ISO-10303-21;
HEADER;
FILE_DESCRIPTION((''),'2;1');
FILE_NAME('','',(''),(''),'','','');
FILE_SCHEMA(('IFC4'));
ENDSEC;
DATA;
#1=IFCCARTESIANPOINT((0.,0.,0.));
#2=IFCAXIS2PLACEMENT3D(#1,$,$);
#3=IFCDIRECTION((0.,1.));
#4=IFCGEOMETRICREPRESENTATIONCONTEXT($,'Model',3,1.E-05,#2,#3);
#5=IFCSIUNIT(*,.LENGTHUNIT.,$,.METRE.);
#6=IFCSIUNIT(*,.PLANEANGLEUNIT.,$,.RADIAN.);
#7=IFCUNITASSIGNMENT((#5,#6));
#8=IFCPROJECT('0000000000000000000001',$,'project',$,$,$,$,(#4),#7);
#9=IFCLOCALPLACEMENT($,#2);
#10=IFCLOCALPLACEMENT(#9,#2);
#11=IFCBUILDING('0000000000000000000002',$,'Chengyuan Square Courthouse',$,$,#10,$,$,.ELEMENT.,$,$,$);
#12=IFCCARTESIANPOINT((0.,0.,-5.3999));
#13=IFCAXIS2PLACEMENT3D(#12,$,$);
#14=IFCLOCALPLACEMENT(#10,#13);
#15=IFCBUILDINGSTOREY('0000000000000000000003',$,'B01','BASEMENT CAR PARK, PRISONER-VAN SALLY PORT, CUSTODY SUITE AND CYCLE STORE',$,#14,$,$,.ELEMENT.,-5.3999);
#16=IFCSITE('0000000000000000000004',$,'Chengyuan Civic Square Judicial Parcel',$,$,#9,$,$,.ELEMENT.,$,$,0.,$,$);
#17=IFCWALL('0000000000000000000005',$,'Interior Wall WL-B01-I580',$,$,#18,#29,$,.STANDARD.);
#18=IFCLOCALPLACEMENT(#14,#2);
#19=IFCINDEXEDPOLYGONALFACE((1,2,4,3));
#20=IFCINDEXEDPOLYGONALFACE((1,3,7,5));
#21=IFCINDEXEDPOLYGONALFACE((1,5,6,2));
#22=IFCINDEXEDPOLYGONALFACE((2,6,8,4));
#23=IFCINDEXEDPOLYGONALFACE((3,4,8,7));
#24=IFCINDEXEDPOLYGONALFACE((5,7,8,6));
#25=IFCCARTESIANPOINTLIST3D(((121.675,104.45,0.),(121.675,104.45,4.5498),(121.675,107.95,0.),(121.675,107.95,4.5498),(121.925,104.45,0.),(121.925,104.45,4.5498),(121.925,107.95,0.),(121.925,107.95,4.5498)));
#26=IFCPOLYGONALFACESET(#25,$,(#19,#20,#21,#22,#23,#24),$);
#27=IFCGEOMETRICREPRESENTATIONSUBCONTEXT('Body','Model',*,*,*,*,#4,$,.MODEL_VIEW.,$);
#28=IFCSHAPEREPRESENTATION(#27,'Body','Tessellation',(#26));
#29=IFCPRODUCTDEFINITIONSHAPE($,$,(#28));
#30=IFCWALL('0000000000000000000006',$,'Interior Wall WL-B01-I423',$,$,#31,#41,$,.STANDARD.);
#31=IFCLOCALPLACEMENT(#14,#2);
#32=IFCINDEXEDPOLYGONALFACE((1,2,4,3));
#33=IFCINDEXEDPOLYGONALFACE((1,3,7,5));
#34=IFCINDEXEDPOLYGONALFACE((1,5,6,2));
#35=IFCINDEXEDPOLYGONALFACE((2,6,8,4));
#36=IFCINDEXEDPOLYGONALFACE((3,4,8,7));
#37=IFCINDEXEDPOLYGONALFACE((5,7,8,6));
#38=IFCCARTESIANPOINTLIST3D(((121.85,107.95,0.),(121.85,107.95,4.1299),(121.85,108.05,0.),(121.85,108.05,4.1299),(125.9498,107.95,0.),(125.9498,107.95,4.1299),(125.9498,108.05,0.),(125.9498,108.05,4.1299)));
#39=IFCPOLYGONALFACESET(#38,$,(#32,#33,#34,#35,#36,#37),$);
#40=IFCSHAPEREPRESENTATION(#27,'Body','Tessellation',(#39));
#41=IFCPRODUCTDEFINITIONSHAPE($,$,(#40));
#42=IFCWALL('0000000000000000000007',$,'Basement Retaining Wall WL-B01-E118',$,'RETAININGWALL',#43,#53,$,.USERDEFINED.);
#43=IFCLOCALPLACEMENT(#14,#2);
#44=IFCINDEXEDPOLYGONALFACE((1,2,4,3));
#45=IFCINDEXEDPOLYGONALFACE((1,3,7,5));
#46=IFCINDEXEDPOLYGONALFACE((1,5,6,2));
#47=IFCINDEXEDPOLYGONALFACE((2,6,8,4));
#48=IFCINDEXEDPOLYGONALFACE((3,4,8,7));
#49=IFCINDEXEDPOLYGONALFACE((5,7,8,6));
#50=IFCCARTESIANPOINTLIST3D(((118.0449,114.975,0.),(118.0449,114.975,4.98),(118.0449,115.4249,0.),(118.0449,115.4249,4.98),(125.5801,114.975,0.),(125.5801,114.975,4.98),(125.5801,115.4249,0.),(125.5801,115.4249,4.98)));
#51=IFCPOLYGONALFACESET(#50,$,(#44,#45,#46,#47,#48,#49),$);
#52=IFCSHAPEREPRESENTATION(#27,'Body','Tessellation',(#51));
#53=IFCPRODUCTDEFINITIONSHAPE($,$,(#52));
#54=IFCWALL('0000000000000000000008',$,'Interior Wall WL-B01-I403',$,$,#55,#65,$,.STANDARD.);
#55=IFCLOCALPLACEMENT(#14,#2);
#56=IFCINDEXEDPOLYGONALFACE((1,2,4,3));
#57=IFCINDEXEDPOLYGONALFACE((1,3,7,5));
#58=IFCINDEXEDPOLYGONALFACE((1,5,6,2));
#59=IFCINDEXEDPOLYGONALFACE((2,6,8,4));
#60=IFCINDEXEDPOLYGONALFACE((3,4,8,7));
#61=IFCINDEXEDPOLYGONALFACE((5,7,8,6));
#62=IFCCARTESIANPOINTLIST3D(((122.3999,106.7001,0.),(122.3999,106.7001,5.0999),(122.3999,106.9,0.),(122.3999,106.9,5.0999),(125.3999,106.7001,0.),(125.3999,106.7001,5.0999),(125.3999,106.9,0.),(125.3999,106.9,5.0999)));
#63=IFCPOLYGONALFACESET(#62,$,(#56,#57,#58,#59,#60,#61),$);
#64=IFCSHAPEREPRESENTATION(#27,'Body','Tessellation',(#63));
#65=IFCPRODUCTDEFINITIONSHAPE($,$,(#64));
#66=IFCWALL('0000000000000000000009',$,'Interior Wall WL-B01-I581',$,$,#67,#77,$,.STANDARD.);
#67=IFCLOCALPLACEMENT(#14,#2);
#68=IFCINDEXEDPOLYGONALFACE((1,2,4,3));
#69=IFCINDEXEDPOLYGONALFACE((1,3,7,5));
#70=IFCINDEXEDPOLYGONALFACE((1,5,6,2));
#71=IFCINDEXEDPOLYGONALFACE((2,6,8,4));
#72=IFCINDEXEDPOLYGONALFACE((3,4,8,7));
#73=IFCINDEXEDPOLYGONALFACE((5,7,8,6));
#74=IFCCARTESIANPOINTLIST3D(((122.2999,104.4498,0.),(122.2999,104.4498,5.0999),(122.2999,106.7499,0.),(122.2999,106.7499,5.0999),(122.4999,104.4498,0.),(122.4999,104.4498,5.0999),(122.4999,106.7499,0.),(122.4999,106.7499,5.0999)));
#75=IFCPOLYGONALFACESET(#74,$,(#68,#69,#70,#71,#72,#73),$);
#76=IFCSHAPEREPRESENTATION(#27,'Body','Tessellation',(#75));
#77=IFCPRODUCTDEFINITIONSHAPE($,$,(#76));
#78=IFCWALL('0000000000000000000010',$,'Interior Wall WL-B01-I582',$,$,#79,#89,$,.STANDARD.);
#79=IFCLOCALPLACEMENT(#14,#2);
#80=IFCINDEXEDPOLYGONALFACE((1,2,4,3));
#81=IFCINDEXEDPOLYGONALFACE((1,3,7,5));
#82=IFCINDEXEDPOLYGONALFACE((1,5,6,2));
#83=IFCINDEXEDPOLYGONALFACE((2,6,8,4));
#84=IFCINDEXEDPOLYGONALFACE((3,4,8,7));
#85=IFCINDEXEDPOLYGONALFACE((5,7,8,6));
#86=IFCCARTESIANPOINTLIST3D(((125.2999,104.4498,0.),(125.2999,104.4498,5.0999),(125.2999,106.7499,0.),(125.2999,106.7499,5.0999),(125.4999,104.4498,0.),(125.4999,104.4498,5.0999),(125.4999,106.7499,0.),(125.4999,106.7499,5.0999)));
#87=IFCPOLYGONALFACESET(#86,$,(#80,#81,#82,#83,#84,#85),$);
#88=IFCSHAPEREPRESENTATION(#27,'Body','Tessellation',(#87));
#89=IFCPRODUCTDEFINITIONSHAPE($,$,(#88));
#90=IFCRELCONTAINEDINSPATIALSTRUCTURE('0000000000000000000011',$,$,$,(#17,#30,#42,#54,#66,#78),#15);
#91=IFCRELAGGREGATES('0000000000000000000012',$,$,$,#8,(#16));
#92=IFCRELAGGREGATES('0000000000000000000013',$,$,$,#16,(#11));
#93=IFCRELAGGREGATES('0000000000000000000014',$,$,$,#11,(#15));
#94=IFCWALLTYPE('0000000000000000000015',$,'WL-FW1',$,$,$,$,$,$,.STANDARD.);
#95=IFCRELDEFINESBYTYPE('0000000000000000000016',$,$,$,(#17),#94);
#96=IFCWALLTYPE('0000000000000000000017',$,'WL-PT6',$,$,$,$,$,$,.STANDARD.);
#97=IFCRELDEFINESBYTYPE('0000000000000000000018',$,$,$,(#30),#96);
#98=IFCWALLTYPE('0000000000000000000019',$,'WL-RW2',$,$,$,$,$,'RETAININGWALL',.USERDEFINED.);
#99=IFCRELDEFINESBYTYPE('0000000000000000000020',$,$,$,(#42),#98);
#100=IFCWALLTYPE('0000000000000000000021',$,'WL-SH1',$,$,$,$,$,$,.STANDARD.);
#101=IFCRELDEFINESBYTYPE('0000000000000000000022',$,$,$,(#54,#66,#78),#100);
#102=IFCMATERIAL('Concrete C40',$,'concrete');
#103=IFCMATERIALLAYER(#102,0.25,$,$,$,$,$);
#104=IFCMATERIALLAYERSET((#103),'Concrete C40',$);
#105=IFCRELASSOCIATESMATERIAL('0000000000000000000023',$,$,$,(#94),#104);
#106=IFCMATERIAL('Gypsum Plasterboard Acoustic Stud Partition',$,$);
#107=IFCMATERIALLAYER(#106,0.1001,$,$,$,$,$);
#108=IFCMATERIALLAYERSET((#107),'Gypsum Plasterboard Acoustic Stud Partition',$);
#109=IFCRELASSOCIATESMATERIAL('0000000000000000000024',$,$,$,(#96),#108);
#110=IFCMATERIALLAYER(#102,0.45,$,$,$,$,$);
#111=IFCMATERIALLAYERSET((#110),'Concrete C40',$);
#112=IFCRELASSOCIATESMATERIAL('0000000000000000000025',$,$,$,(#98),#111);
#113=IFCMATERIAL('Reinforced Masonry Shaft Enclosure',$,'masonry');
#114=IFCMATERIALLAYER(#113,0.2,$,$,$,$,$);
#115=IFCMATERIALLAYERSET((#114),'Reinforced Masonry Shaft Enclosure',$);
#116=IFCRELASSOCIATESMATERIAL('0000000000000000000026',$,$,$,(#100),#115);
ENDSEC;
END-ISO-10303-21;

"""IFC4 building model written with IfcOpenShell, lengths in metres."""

from ifc_helpers import new_model, si_unit, direction, frame, frame_2d, origin, place, context, subcontext, project, spatial, rectangle, extrude, material, layer, layer_set, type_object, element, save


model = new_model("IFC4")

# Units and contexts
model_context = context("Model", 3, precision=1e-05, world=origin(), true_north=direction((0.0, 1.0)))
body_context = subcontext(model_context, "Body", "Model", "MODEL_VIEW")
ifc_project = project(units=[si_unit("LENGTHUNIT", "METRE"), si_unit("PLANEANGLEUNIT", "RADIAN")], contexts=[model_context])

# Site, building, storey
site_placement = place(None, origin())
site = spatial("IfcSite", under=ifc_project, at=site_placement, Name="Chengyuan Civic Square Judicial Parcel", CompositionType="ELEMENT", RefElevation=0.0)
building_placement = place(site_placement, origin())
building = spatial("IfcBuilding", under=site, at=building_placement, Name="Chengyuan Square Courthouse", CompositionType="ELEMENT")
storey_placement = place(building_placement, frame((0.0, 0.0, -5.3999)))
storey = spatial("IfcBuildingStorey", under=building, at=storey_placement, Name="B01", Description="BASEMENT CAR PARK, PRISONER-VAN SALLY PORT, CUSTODY SUITE AND CYCLE STORE", CompositionType="ELEMENT", Elevation=-5.3999)

# Shared definitions
ifc_material_1 = material(Name="Concrete C40", Category="concrete")

# Shared definitions
ifc_layer_1 = layer(ifc_material_1, 0.25)
ifc_layer_set_1 = layer_set([ifc_layer_1], Name="Concrete C40")
wall_type_1 = type_object("IfcWallType", Name="WL-FW1", PredefinedType="STANDARD", material=ifc_layer_set_1)

# Walls
wall_1_placement = place(storey_placement, frame((121.8, 104.45, 0.0), z_axis=(0.0, 0.0, 1.0), x_axis=(0.0, 1.0, 0.0)))
element("IfcWall", 1, at=wall_1_placement, inside=storey, type_object=wall_type_1, Name="Interior Wall WL-B01-I580", PredefinedType="STANDARD", context=body_context, shape_type="SweptSolid", body=[
    extrude(rectangle(XDim=3.5, YDim=0.25, at=frame_2d((1.75, 0.0))), origin(), (0.0, 0.0, 1.0), 4.5498),
])
ifc_material_2 = material(Name="Gypsum Plasterboard Acoustic Stud Partition")
ifc_layer_2 = layer(ifc_material_2, 0.1001)
ifc_layer_set_2 = layer_set([ifc_layer_2], Name="Gypsum Plasterboard Acoustic Stud Partition")
wall_type_2 = type_object("IfcWallType", Name="WL-PT6", PredefinedType="STANDARD", material=ifc_layer_set_2)
wall_2_placement = place(storey_placement, frame((121.8501, 108.0, 0.0), z_axis=(0.0, 0.0, 1.0), x_axis=(1.0, 0.0, 0.0)))
element("IfcWall", 2, at=wall_2_placement, inside=storey, type_object=wall_type_2, Name="Interior Wall WL-B01-I423", PredefinedType="STANDARD", context=body_context, shape_type="SweptSolid", body=[
    extrude(rectangle(XDim=4.0999, YDim=0.1001, at=frame_2d((2.0498, 0.0))), origin(), (0.0, 0.0, 1.0), 4.1299),
])
ifc_layer_3 = layer(ifc_material_1, 0.45)
ifc_layer_set_3 = layer_set([ifc_layer_3], Name="Concrete C40")
wall_type_3 = type_object("IfcWallType", Name="WL-RW2", ElementType="RETAININGWALL", PredefinedType="USERDEFINED", material=ifc_layer_set_3)
wall_3_placement = place(storey_placement, frame((118.0449, 115.2, 0.0), z_axis=(0.0, 0.0, 1.0), x_axis=(1.0, 0.0, 0.0)))
element("IfcWall", 3, at=wall_3_placement, inside=storey, type_object=wall_type_3, Name="Basement Retaining Wall WL-B01-E118", ObjectType="RETAININGWALL", PredefinedType="USERDEFINED", context=body_context, shape_type="SweptSolid", body=[
    extrude(rectangle(XDim=7.5352, YDim=0.45, at=frame_2d((3.7676, 0.0))), origin(), (0.0, 0.0, 1.0), 4.98),
])

# Shared definitions
ifc_material_3 = material(Name="Reinforced Masonry Shaft Enclosure", Category="masonry")
ifc_layer_4 = layer(ifc_material_3, 0.2)
ifc_layer_set_4 = layer_set([ifc_layer_4], Name="Reinforced Masonry Shaft Enclosure")
wall_type_4 = type_object("IfcWallType", Name="WL-SH1", PredefinedType="STANDARD", material=ifc_layer_set_4)

# Walls
wall_4_placement = place(storey_placement, frame((122.3999, 106.8, 0.0), z_axis=(0.0, 0.0, 1.0), x_axis=(1.0, 0.0, 0.0)))
element("IfcWall", 4, at=wall_4_placement, inside=storey, type_object=wall_type_4, Name="Interior Wall WL-B01-I403", PredefinedType="STANDARD", context=body_context, shape_type="SweptSolid", body=[
    extrude(rectangle(XDim=3.0, YDim=0.2, at=frame_2d((1.5, 0.0))), origin(), (0.0, 0.0, 1.0), 5.0999),
])
for number, where, z_axis, x_axis, name in (
    (5, (122.3999, 104.45, 0.0), (0.0, 0.0, 1.0), (0.0, 1.0, 0.0), "Interior Wall WL-B01-I581"),
    (6, (125.3999, 104.45, 0.0), (0.0, 0.0, 1.0), (0.0, 1.0, 0.0), "Interior Wall WL-B01-I582"),
):
    element("IfcWall", number, at=place(storey_placement, frame(where, z_axis=z_axis, x_axis=x_axis)), inside=storey, type_object=wall_type_4, Name=name, PredefinedType="STANDARD", context=body_context, shape_type="SweptSolid", body=[
        extrude(rectangle(XDim=2.3, YDim=0.2, at=frame_2d((1.1499, 0.0))), origin(), (0.0, 0.0, 1.0), 5.0999),
    ])

save(model, "model.ifc")
